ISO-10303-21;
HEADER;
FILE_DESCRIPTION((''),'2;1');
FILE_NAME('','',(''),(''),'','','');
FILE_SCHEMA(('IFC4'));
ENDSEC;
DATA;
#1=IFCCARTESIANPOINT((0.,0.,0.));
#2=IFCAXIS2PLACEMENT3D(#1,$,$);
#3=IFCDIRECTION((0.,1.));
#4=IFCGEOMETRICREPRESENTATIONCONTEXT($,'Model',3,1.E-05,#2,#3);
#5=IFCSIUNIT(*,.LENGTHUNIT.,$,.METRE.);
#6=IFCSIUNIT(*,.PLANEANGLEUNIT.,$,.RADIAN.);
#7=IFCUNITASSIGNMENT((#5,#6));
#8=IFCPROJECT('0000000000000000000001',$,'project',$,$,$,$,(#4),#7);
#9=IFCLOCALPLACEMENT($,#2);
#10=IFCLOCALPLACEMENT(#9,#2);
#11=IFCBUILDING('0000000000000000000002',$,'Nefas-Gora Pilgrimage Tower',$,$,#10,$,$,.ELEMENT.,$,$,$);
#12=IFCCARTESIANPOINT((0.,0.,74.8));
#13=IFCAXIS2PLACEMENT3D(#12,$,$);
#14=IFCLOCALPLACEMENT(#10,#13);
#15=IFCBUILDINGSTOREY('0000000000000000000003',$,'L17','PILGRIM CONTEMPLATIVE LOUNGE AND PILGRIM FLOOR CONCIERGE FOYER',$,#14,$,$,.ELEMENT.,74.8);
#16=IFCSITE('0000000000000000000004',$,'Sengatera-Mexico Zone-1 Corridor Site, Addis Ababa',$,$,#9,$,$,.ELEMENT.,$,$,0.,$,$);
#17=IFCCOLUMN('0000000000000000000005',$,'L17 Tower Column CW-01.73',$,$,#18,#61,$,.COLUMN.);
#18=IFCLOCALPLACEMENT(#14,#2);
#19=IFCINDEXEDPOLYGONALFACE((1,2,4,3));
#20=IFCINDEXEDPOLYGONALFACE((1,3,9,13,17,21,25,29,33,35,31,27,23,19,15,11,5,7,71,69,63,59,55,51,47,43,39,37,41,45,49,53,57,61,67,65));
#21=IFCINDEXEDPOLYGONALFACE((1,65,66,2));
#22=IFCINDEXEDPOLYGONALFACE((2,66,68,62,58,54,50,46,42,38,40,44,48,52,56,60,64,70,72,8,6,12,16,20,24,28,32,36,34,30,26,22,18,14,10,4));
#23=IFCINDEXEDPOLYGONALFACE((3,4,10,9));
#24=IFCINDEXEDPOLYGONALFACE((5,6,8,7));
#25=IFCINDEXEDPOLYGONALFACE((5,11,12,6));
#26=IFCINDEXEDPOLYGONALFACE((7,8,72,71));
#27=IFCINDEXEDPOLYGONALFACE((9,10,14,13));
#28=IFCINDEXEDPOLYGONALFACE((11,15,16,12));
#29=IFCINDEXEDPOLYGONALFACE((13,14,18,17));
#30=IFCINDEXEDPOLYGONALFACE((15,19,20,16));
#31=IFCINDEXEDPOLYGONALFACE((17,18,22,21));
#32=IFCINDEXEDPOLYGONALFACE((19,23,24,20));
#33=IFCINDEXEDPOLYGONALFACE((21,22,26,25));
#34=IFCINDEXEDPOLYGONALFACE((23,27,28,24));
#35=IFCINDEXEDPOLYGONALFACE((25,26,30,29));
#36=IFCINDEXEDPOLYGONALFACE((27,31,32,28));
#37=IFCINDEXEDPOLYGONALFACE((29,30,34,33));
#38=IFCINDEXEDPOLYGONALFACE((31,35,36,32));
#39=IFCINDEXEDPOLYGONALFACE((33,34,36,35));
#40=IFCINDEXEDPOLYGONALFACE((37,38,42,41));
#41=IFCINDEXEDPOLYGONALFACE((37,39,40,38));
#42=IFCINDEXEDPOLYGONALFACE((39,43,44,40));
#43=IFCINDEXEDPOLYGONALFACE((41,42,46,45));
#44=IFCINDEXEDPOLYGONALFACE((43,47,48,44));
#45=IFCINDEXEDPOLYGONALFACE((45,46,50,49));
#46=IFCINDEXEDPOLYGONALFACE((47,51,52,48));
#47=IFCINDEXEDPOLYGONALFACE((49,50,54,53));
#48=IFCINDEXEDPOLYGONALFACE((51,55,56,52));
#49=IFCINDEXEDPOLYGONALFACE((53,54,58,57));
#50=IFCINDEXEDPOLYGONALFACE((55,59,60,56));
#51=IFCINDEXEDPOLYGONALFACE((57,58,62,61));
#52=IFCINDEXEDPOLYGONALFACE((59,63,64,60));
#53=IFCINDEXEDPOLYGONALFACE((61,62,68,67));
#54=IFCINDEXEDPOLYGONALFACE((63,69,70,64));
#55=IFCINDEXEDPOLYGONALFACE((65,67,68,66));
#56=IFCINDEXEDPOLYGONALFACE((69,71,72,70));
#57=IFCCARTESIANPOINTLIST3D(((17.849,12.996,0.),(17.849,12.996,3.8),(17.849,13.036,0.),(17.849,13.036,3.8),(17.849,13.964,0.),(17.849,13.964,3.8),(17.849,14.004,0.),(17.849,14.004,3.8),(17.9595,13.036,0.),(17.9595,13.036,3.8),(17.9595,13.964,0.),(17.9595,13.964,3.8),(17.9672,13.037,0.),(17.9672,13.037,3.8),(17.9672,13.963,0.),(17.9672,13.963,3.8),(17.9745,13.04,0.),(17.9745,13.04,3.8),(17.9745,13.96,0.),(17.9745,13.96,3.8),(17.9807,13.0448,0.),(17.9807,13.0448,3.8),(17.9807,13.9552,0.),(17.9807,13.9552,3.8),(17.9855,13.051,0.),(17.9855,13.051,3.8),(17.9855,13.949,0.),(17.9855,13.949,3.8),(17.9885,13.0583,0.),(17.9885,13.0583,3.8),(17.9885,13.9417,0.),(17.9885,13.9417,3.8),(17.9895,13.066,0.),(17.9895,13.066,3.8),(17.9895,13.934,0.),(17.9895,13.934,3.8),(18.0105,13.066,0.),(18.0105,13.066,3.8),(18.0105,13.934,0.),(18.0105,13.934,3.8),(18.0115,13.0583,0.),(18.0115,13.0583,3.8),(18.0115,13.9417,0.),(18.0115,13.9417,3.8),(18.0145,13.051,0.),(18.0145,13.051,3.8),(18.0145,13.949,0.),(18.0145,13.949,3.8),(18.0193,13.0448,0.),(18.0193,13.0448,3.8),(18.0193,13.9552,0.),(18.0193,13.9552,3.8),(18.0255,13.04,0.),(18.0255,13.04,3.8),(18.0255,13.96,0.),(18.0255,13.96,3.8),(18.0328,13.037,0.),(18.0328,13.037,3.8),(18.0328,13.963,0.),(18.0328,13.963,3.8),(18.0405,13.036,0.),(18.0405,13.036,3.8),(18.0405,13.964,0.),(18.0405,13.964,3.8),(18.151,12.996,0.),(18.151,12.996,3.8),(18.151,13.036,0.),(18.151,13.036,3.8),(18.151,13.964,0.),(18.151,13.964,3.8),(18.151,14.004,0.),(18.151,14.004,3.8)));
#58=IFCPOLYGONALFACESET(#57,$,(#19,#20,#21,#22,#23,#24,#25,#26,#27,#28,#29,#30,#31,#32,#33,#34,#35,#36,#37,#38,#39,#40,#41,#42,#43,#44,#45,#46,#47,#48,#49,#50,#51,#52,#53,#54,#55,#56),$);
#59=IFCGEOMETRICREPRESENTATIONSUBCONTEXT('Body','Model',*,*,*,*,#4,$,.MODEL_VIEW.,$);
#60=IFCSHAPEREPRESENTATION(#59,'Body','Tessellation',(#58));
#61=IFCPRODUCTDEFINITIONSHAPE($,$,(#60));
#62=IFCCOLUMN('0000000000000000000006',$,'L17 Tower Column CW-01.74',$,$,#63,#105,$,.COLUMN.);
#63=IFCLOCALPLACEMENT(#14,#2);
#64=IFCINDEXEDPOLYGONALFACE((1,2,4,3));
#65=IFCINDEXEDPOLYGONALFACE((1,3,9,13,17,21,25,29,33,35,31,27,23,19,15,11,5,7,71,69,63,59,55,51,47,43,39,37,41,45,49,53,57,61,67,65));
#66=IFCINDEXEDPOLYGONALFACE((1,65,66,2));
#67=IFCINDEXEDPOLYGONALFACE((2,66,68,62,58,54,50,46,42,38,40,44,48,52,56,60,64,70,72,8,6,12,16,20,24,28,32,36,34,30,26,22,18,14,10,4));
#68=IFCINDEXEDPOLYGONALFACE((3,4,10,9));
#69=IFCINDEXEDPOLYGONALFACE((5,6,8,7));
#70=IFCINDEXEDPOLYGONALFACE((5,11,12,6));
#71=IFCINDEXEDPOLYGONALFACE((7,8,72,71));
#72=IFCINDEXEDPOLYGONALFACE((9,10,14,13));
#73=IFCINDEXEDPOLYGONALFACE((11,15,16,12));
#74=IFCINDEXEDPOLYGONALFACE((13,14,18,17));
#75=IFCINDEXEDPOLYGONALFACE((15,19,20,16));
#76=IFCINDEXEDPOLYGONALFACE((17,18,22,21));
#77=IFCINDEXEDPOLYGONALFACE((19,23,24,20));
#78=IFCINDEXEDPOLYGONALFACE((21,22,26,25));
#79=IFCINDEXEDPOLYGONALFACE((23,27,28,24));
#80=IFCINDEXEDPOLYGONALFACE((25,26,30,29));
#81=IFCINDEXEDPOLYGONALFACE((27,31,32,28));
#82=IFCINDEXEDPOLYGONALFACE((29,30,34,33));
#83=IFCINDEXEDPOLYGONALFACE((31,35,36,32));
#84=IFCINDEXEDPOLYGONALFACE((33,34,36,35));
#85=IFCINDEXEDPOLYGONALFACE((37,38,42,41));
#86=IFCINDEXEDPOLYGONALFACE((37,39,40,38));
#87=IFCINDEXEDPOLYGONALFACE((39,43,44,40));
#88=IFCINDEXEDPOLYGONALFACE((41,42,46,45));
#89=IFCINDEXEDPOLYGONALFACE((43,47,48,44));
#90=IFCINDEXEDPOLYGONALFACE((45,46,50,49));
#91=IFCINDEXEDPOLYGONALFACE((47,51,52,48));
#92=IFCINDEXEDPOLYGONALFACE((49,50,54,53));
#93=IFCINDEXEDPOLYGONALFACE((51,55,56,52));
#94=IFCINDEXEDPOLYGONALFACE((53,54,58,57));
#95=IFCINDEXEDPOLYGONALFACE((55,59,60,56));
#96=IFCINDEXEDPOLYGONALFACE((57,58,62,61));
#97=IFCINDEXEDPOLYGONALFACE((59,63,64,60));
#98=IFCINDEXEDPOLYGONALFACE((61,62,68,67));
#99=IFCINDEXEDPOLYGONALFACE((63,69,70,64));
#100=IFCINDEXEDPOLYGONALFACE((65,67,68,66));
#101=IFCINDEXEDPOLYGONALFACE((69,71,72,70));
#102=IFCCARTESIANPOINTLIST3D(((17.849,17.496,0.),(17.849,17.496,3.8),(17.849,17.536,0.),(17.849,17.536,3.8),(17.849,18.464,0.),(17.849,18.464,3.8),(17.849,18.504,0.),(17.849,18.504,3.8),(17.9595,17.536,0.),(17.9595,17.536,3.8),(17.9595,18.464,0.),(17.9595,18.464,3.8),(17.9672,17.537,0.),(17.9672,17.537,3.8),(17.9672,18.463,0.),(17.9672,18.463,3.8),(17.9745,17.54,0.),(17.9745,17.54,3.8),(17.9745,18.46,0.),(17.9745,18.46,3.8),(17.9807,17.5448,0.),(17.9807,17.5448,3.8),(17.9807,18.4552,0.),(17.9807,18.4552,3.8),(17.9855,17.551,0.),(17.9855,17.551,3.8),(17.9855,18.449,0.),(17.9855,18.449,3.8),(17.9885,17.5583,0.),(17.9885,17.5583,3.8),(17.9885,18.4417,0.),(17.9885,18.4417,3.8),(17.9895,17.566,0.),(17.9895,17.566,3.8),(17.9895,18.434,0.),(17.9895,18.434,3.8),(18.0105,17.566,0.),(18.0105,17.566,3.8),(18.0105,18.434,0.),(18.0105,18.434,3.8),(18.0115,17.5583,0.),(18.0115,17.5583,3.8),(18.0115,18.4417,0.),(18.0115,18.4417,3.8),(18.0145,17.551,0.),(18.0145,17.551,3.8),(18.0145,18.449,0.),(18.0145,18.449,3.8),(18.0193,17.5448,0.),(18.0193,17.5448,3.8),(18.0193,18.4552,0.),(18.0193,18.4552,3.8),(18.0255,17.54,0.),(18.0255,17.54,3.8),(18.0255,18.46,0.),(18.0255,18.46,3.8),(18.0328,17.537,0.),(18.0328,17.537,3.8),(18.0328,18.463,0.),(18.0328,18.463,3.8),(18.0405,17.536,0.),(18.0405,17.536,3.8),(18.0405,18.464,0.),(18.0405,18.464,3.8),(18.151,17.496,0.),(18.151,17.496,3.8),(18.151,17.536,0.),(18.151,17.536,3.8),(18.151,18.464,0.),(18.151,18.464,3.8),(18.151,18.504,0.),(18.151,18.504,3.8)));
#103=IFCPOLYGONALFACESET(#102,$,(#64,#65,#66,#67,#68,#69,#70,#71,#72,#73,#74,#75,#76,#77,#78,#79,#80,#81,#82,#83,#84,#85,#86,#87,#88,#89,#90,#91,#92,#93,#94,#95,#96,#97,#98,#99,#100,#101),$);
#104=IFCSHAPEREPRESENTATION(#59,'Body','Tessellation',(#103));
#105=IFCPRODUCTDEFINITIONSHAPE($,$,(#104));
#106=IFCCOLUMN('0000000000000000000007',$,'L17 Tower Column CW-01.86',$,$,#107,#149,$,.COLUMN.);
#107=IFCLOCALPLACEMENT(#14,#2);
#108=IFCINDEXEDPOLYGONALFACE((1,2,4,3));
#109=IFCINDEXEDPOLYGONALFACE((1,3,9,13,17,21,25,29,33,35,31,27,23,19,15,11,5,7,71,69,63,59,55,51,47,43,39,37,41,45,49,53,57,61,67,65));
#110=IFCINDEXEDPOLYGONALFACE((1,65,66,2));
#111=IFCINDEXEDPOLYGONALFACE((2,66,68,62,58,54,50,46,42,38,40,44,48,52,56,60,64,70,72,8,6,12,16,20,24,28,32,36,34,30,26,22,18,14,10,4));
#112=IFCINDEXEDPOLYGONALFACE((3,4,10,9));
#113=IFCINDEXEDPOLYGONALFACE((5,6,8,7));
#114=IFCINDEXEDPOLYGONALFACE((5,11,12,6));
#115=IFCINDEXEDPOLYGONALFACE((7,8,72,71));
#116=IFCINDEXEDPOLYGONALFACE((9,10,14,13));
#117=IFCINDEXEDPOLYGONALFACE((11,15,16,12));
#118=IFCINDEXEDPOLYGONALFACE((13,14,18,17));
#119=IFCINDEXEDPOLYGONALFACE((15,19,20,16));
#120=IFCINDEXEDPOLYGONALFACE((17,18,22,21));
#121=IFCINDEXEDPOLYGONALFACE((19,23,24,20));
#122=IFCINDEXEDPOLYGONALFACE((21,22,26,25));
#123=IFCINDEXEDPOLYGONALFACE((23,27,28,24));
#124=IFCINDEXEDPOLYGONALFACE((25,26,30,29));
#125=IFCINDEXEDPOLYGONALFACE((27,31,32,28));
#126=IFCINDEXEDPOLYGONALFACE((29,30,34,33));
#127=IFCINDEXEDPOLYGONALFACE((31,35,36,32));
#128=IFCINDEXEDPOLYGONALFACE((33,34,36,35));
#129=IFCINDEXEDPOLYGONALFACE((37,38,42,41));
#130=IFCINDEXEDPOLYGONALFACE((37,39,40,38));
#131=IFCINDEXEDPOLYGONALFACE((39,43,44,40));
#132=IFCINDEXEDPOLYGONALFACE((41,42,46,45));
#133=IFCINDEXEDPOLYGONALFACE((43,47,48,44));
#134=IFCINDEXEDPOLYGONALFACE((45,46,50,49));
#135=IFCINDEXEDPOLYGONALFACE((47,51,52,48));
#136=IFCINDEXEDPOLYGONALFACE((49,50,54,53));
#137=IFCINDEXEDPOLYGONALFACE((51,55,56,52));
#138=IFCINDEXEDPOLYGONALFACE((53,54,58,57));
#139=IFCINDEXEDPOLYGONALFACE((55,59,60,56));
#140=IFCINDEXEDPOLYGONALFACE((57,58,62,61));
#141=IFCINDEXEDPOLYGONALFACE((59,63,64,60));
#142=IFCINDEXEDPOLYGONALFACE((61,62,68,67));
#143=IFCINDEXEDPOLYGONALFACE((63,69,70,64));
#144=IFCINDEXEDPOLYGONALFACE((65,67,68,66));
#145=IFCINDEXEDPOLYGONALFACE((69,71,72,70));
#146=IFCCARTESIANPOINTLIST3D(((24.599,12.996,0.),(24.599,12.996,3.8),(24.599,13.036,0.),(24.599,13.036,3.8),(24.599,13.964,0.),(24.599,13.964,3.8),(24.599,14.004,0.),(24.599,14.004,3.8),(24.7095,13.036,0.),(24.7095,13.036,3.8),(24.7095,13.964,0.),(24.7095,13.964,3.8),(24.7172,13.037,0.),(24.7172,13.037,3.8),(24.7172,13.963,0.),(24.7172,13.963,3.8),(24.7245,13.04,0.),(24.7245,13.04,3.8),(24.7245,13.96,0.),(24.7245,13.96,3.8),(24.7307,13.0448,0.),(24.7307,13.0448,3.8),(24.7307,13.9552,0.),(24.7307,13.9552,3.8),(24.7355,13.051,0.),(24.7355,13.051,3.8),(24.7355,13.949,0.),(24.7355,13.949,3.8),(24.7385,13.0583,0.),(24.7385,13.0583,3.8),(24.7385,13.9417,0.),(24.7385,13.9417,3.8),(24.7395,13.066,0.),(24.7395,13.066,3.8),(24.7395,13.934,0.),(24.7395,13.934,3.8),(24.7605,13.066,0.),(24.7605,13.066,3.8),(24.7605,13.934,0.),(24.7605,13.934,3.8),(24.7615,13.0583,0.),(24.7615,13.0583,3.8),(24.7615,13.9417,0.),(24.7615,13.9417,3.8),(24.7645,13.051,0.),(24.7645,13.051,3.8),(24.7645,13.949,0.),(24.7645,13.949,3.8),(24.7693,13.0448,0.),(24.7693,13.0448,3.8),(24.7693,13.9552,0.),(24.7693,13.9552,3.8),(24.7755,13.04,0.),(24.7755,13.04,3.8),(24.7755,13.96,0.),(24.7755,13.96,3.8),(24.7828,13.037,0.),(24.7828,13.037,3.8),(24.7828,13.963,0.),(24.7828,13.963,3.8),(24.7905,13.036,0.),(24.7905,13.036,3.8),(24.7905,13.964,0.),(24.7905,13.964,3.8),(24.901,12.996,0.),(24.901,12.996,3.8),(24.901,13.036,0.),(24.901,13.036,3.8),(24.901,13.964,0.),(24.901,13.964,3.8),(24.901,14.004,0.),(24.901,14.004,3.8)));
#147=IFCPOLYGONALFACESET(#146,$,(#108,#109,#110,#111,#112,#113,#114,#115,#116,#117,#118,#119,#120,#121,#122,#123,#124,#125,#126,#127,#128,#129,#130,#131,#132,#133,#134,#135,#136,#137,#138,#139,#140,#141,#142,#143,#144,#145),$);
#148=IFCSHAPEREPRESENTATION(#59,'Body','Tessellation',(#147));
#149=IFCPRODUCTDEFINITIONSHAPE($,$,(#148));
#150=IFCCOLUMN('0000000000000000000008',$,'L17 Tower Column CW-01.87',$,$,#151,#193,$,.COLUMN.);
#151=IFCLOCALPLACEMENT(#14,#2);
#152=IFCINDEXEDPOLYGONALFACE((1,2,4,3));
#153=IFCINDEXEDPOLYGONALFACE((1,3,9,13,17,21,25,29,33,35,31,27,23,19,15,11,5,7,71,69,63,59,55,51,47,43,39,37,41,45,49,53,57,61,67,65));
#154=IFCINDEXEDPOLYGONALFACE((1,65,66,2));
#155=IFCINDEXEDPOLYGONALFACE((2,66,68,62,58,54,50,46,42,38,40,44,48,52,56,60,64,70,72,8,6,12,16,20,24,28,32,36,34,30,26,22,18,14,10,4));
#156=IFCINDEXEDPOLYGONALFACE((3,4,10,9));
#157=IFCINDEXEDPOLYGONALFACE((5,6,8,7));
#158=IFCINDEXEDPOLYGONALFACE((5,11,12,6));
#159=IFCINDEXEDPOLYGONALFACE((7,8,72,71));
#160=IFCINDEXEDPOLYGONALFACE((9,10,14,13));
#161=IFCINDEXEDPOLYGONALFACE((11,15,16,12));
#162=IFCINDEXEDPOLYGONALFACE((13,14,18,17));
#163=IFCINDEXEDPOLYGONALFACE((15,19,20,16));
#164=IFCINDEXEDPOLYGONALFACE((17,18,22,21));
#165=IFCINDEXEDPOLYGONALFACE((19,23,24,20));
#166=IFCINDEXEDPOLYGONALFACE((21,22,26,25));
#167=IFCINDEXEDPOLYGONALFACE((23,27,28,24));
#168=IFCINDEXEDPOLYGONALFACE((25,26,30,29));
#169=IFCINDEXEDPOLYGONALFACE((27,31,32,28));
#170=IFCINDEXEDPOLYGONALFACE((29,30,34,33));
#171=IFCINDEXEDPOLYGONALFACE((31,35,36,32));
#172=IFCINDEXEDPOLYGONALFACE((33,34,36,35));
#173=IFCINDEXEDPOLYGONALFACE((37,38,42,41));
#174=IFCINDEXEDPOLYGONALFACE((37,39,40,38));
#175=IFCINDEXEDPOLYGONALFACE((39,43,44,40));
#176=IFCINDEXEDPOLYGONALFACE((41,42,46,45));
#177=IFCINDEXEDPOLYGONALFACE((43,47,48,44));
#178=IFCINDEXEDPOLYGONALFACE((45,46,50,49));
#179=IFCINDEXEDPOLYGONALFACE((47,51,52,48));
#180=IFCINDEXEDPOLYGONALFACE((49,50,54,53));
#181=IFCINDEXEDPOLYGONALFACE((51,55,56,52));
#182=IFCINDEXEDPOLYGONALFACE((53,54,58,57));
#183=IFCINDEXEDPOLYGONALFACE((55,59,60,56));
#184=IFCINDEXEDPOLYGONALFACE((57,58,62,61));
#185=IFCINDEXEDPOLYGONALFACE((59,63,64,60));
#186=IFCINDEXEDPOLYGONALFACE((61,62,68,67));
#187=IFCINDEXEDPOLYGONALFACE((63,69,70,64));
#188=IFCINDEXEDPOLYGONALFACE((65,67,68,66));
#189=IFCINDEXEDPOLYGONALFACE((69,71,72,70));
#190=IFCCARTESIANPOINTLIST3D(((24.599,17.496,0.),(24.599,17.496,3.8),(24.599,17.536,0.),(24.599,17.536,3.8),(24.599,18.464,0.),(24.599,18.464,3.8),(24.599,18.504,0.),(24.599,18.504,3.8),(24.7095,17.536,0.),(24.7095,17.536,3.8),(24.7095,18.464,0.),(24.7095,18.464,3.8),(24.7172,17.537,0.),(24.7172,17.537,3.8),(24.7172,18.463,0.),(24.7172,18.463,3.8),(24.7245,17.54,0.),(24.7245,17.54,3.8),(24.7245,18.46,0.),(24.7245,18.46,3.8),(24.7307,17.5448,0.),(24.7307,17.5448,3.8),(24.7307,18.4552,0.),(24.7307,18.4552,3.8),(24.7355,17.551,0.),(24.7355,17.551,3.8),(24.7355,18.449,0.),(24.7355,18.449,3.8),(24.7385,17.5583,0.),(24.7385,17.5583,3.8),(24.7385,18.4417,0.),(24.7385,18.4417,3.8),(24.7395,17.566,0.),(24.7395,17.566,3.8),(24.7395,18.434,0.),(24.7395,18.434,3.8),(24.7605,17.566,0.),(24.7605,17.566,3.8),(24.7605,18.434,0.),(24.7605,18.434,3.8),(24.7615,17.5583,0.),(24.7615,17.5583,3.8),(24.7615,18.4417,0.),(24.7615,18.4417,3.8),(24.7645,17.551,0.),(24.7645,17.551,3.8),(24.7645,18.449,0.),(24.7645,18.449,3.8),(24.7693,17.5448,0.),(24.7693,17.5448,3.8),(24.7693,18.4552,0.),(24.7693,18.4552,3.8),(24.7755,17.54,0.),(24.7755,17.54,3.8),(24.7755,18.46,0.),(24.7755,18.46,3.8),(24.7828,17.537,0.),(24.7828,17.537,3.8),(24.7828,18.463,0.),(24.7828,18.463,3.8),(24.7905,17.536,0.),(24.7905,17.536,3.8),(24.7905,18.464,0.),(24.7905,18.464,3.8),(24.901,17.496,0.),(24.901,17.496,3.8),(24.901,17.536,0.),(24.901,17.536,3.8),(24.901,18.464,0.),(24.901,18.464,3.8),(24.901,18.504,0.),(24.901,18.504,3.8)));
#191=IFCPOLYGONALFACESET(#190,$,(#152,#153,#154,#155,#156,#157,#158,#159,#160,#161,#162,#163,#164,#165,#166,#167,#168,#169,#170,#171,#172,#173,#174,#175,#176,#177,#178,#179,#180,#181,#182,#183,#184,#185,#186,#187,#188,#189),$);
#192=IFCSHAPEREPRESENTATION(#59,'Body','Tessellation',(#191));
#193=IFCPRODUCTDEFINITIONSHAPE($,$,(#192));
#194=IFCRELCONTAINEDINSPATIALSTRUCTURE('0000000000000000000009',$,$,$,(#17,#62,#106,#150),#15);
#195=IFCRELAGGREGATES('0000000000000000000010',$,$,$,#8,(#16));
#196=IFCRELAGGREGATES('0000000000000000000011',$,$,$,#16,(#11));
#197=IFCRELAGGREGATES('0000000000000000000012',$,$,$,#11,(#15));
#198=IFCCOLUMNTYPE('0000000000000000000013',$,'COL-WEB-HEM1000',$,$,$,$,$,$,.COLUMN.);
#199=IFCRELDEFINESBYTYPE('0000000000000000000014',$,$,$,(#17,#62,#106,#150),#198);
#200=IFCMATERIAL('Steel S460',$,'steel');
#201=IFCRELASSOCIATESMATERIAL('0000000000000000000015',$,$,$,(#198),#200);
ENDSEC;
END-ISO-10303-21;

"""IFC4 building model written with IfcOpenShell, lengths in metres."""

from ifc_helpers import new_model, si_unit, direction, frame, origin, origin_2d, place, context, subcontext, project, spatial, i_section, extrude, source, transform, mapped, material, material_profile, profile_set, type_object, element, save


model = new_model("IFC4")

# Units and contexts
model_context = context("Model", 3, precision=1e-05, world=origin(), true_north=direction((0.0, 1.0)))
body_context = subcontext(model_context, "Body", "Model", "MODEL_VIEW")
ifc_project = project(units=[si_unit("LENGTHUNIT", "METRE"), si_unit("PLANEANGLEUNIT", "RADIAN")], contexts=[model_context])

# Site, building, storey
site_placement = place(None, origin())
site = spatial("IfcSite", under=ifc_project, at=site_placement, Name="Sengatera-Mexico Zone-1 Corridor Site, Addis Ababa", CompositionType="ELEMENT", RefElevation=0.0)
building_placement = place(site_placement, origin())
building = spatial("IfcBuilding", under=site, at=building_placement, Name="Nefas-Gora Pilgrimage Tower", CompositionType="ELEMENT")
storey_placement = place(building_placement, frame((0.0, 0.0, 74.8)))
storey = spatial("IfcBuildingStorey", under=building, at=storey_placement, Name="L17", Description="PILGRIM CONTEMPLATIVE LOUNGE AND PILGRIM FLOOR CONCIERGE FOYER", CompositionType="ELEMENT", Elevation=74.8)

# Columns
ifc_material_1 = material(Name="Steel S460", Category="steel")
ifc_material_profile_1 = material_profile(ifc_material_1, i_section(OverallWidth=0.302, OverallDepth=1.0081, WebThickness=0.021, FlangeThickness=0.04, FilletRadius=0.03, at=origin_2d()), Name="HEM 1000")
ifc_profile_set_1 = profile_set([ifc_material_profile_1], Name="Steel S460")
column_type_1 = type_object("IfcColumnType", Name="COL-WEB-HEM1000", PredefinedType="COLUMN", material=ifc_profile_set_1)
shared_shape_1 = source(origin(), body_context, "Body", "SweptSolid", [
    extrude(i_section(OverallWidth=0.302, OverallDepth=1.0081, WebThickness=0.021, FlangeThickness=0.04, FilletRadius=0.03, at=origin_2d()), origin(), (0.0, 0.0, 1.0), 3.8),
])
for number, where, z_axis, x_axis, name in (
    (1, (18.0, 13.5, 0.0), (0.0, 0.0, 1.0), (1.0, 0.0, 0.0), "L17 Tower Column CW-01.73"),
    (2, (18.0, 18.0, 0.0), (0.0, 0.0, 1.0), (1.0, 0.0, 0.0), "L17 Tower Column CW-01.74"),
    (3, (24.75, 13.5, 0.0), (0.0, 0.0, 1.0), (1.0, 0.0, 0.0), "L17 Tower Column CW-01.86"),
    (4, (24.75, 18.0, 0.0), (0.0, 0.0, 1.0), (1.0, 0.0, 0.0), "L17 Tower Column CW-01.87"),
):
    element("IfcColumn", number, at=place(storey_placement, frame(where, z_axis=z_axis, x_axis=x_axis)), inside=storey, type_object=column_type_1, Name=name, PredefinedType="COLUMN", context=body_context, shape_type="MappedRepresentation", body=[
        mapped(shared_shape_1, transform((0.0, 0.0, 0.0), x_axis=(1.0, 0.0, 0.0), y_axis=(0.0, 1.0, 0.0), z_axis=(0.0, 0.0, 1.0), scale=1.0)),
    ])

save(model, "model.ifc")
